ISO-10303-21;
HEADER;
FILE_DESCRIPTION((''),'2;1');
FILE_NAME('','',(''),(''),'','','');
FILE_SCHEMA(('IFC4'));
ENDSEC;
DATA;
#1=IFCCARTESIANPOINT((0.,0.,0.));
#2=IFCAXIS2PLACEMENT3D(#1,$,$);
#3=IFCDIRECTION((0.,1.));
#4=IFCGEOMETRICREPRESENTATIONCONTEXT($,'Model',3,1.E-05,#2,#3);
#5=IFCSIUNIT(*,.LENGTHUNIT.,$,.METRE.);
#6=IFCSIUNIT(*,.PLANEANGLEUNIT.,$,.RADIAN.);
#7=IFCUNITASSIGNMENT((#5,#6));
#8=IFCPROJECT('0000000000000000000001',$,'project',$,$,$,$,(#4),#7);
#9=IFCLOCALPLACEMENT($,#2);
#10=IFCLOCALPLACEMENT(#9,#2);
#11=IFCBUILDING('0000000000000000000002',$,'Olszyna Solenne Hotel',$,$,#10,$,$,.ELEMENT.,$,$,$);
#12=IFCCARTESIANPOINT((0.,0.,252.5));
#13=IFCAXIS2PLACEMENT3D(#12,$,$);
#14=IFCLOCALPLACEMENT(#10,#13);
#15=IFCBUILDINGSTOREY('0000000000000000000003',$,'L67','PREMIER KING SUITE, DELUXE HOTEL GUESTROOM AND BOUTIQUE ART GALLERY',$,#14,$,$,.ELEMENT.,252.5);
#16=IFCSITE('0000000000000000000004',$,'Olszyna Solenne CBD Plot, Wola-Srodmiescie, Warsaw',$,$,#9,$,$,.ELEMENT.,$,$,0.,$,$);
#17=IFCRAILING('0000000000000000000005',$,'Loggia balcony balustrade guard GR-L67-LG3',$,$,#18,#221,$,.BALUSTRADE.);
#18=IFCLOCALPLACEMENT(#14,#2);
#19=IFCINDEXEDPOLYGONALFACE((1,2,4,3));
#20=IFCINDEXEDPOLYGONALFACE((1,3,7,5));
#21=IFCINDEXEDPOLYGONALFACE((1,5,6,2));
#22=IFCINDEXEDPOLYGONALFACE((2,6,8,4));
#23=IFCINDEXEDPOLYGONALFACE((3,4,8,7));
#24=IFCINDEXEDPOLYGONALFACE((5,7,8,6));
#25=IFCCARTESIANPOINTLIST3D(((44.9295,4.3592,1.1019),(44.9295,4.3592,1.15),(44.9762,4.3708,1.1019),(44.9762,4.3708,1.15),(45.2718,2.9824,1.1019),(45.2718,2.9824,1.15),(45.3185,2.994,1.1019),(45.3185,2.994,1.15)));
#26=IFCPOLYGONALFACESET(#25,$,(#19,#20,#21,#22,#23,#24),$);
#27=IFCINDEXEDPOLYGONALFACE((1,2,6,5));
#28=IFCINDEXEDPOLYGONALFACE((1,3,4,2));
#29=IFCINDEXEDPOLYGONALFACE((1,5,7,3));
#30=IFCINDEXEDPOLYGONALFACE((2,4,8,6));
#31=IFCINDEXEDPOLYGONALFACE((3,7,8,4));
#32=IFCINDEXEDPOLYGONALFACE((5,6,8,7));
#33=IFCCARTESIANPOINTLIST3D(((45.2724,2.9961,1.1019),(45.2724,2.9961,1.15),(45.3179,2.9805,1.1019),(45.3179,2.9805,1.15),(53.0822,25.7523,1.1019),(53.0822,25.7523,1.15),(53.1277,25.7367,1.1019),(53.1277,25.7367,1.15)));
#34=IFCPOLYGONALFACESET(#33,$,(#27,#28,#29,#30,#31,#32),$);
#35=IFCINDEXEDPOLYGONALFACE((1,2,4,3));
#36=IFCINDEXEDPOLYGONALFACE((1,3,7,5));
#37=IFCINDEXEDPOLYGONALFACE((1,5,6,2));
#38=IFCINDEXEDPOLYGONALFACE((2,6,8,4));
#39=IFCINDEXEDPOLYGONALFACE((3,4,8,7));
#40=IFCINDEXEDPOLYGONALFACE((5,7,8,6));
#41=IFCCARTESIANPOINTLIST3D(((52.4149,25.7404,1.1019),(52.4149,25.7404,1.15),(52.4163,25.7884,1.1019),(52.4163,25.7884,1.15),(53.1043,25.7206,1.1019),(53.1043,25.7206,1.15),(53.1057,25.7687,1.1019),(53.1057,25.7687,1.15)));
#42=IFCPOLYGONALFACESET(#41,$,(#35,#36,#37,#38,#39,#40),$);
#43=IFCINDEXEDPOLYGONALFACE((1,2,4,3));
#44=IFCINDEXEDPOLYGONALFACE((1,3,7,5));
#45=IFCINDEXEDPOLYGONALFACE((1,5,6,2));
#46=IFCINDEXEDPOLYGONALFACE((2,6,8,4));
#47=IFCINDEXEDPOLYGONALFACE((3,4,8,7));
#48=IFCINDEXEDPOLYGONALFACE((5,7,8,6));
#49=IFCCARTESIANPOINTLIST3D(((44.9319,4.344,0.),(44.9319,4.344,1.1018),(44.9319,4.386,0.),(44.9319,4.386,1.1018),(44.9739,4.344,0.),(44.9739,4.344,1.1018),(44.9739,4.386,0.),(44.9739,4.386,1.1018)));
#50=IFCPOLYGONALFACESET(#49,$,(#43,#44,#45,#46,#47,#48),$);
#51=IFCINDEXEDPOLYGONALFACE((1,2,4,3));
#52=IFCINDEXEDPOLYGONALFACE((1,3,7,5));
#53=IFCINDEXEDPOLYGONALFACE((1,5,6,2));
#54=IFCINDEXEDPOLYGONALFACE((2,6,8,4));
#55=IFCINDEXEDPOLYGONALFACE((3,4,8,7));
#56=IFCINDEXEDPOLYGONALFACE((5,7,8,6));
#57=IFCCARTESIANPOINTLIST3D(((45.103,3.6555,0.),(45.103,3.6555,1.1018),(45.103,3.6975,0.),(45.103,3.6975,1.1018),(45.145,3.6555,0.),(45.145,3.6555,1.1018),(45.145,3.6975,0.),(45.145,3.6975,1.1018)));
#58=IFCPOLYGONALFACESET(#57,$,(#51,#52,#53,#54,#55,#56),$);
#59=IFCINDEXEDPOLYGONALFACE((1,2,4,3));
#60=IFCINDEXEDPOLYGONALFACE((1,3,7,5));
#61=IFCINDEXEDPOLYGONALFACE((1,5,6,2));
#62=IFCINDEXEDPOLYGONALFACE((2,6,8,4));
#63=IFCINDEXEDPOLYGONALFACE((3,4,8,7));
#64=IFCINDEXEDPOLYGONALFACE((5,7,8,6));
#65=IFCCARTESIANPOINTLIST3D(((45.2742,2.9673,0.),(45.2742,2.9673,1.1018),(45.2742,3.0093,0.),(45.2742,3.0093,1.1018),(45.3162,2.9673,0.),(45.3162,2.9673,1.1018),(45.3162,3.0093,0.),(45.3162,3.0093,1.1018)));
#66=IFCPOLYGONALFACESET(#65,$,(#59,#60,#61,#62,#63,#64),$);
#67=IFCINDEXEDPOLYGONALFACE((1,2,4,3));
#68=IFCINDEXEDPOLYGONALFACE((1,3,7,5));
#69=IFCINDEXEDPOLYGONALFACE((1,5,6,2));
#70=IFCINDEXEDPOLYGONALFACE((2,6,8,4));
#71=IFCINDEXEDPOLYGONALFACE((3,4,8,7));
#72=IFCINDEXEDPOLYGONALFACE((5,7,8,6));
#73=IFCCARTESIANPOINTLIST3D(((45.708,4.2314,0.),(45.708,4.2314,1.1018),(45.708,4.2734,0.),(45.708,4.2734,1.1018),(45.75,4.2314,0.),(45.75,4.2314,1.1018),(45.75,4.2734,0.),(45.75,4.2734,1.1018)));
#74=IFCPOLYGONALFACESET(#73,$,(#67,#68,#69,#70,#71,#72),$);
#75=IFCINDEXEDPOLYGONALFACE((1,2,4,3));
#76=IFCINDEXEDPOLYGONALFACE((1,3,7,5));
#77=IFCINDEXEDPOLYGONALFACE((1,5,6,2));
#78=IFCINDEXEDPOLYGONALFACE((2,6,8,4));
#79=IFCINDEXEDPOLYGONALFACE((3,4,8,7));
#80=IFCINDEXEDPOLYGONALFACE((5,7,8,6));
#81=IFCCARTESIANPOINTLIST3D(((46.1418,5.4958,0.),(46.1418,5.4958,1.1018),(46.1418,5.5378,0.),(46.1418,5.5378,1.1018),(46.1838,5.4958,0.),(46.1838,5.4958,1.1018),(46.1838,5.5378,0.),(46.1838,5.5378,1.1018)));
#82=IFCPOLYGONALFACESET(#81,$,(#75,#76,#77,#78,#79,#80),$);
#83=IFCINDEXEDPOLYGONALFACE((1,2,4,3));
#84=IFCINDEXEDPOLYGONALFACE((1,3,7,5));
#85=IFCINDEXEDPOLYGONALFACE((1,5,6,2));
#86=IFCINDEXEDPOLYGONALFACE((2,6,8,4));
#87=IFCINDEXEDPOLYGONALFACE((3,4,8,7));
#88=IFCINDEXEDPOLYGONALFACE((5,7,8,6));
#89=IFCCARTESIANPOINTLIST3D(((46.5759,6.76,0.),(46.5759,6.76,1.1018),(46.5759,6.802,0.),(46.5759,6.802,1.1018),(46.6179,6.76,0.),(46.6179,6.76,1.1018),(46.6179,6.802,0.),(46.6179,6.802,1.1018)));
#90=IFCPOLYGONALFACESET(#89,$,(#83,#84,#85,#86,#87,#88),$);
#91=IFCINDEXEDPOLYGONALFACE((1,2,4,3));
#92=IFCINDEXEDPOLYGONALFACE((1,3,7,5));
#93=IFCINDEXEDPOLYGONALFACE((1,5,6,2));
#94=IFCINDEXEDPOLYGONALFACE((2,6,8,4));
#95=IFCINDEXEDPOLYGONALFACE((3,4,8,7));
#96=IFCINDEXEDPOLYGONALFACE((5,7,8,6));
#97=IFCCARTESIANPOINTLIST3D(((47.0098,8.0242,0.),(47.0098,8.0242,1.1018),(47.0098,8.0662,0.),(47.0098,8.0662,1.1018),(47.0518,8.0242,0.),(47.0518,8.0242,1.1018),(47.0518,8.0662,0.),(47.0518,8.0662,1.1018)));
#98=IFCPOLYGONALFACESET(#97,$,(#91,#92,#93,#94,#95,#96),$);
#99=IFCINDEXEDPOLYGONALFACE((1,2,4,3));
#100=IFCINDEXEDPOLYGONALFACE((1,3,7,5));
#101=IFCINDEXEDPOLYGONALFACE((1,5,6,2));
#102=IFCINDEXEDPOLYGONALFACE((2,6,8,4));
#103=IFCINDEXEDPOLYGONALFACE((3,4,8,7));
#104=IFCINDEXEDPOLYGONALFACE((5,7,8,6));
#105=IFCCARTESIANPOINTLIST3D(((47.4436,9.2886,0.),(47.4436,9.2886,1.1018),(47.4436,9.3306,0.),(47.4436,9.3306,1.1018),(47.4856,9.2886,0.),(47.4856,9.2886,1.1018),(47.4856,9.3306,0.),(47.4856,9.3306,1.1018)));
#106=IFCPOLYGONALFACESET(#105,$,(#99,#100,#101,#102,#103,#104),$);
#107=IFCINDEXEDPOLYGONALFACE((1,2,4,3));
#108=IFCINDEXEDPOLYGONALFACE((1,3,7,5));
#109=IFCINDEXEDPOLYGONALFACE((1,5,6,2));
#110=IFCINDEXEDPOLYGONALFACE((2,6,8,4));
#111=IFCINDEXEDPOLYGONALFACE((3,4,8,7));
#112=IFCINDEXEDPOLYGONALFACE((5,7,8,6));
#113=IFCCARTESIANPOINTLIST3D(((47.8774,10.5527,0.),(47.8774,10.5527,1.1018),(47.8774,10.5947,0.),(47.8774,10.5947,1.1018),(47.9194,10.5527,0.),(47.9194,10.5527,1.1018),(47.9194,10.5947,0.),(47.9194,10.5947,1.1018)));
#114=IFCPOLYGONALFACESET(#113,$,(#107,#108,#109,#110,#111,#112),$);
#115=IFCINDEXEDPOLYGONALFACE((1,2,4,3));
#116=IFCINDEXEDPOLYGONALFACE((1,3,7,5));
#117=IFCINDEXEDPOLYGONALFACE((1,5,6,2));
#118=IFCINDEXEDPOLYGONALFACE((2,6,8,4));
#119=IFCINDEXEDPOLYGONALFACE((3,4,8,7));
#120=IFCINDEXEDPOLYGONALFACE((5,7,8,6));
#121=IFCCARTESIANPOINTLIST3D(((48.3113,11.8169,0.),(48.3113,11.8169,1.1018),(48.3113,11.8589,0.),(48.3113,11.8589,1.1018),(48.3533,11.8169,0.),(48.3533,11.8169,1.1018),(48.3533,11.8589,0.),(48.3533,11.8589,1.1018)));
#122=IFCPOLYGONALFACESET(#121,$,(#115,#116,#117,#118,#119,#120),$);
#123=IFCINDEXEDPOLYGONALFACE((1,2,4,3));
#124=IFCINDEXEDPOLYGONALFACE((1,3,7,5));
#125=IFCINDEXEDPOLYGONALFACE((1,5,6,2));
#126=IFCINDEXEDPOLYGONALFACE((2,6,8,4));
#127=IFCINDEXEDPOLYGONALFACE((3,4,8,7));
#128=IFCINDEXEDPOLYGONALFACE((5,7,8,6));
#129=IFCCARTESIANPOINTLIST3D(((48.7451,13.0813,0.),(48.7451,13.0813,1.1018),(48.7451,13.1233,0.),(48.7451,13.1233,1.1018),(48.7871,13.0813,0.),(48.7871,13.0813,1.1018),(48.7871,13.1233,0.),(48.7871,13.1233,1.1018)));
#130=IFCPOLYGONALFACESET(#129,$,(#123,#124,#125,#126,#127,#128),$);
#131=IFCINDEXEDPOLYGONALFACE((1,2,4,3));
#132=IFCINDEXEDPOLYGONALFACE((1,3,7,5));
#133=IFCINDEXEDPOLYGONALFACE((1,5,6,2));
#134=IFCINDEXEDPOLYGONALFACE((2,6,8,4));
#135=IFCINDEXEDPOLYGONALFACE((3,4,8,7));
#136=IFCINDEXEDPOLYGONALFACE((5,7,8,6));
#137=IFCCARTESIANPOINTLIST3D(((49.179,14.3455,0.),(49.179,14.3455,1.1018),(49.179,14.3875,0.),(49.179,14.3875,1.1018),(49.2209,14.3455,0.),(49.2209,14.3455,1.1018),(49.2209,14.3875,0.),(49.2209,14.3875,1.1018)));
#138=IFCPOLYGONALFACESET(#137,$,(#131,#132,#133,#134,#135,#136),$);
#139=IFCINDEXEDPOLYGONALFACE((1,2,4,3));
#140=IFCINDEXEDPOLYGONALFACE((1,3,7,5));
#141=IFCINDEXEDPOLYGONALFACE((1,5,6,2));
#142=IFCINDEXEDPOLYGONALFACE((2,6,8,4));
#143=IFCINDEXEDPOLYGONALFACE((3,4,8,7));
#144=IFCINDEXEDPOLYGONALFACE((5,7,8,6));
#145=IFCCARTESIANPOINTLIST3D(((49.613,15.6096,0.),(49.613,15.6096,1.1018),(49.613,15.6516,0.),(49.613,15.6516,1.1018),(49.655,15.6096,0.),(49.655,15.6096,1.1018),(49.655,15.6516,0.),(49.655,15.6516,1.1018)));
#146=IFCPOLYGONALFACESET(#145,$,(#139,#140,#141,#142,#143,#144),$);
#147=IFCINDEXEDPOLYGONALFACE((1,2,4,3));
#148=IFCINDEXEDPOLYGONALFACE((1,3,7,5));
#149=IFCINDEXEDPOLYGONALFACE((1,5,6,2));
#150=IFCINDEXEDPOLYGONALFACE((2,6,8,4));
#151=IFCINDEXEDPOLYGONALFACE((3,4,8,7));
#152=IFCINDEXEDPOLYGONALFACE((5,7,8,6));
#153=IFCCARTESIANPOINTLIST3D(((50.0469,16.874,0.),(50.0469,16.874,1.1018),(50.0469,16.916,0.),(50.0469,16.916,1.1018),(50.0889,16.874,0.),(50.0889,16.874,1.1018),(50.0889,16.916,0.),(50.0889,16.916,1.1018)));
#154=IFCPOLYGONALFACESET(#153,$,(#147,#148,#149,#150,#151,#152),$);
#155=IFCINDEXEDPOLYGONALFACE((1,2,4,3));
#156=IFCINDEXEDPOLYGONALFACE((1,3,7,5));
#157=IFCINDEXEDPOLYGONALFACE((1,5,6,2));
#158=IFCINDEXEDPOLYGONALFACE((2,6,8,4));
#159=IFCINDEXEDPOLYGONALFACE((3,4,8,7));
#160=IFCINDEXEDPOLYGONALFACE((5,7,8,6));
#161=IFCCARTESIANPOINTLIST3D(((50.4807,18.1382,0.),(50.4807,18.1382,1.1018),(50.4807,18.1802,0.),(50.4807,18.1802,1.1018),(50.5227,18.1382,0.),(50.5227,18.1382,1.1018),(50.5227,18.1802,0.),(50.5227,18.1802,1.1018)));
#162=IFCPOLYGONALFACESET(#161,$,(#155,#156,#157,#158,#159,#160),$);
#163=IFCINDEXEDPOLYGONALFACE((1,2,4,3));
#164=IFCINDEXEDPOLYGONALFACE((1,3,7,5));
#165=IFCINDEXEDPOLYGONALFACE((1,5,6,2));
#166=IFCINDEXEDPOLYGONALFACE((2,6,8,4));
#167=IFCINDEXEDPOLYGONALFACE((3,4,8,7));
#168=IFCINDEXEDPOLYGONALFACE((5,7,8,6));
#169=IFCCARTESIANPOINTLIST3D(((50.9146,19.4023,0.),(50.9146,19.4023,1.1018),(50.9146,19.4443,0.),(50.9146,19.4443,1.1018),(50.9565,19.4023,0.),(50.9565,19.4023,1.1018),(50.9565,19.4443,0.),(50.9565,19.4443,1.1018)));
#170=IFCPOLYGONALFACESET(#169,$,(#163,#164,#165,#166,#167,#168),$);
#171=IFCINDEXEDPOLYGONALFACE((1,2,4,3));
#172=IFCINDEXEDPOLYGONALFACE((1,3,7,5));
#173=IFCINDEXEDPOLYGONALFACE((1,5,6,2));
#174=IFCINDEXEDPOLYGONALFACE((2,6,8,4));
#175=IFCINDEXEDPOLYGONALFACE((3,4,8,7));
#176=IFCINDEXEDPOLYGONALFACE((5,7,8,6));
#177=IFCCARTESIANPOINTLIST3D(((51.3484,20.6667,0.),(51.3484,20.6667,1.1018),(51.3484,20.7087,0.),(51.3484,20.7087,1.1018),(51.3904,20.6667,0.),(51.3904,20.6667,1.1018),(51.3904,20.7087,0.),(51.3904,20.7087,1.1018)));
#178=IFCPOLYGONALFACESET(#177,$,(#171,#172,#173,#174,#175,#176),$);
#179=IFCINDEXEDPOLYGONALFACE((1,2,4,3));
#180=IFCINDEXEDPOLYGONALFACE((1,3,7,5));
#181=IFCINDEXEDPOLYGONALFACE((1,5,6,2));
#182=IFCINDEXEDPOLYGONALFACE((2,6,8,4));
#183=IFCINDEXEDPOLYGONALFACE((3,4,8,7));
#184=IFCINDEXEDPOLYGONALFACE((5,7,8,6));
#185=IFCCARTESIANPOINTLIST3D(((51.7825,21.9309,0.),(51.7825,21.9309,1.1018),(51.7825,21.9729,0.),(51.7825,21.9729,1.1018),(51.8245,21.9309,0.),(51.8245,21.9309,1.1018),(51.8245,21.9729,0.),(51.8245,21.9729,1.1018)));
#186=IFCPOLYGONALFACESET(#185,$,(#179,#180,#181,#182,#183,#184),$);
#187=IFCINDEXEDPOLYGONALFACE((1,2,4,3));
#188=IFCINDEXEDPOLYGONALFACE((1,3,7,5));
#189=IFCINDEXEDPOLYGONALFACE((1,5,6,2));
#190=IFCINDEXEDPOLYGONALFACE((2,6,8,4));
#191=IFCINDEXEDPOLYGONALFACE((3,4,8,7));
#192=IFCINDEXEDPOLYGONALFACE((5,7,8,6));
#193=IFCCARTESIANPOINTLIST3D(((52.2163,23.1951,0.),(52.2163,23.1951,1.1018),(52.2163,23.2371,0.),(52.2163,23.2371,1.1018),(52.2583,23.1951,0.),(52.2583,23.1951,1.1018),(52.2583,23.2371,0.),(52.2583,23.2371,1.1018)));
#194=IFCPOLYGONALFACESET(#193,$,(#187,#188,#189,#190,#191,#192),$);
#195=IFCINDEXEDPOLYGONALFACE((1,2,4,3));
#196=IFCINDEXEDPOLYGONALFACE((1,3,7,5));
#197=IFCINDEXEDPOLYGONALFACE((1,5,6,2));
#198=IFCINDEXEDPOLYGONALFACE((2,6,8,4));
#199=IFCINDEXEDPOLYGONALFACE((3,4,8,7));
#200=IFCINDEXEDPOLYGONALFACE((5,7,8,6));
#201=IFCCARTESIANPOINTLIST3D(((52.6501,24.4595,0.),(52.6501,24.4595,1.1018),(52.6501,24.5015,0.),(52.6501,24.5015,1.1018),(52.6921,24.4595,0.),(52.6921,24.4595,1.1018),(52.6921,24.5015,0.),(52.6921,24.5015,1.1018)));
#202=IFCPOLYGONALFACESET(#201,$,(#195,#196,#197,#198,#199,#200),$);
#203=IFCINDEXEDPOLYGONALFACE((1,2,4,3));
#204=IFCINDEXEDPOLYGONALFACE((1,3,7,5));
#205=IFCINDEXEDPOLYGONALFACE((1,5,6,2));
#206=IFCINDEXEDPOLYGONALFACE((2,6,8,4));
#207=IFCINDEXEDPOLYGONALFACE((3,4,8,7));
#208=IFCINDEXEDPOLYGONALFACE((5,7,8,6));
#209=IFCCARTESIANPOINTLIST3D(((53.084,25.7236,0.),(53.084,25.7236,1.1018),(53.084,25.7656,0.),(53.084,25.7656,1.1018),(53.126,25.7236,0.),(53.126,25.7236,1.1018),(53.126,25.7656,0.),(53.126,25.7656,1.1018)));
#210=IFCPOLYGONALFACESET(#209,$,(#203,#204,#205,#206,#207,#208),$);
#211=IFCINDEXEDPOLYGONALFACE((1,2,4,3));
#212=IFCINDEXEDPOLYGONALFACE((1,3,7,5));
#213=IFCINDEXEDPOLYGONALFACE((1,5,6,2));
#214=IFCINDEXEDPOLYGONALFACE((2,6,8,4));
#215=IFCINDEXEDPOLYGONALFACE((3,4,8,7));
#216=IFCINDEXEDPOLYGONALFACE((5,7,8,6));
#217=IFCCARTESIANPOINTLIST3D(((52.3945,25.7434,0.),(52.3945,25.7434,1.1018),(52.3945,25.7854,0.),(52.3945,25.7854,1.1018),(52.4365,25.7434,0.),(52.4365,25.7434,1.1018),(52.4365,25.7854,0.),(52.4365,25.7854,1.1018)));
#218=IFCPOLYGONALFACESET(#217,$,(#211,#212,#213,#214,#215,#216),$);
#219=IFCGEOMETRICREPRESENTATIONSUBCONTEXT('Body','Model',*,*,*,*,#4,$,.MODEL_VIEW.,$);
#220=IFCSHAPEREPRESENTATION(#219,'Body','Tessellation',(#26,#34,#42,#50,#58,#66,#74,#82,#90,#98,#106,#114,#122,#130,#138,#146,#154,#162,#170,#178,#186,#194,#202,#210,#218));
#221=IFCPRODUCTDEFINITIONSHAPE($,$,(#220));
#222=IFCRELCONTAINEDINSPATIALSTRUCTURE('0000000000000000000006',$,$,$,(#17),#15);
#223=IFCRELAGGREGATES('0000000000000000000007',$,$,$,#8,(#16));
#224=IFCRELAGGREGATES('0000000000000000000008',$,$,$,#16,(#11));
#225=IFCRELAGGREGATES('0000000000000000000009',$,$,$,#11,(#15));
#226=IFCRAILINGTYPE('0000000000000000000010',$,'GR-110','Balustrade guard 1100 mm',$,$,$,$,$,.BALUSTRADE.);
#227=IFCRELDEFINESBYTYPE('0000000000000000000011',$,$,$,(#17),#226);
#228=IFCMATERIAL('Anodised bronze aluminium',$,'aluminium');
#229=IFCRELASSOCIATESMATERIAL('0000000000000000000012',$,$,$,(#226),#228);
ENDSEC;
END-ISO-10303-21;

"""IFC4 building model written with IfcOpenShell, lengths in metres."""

from ifc_helpers import new_model, si_unit, direction, frame, origin, origin_2d, place, context, subcontext, project, spatial, rectangle, extrude, material, type_object, element, save


model = new_model("IFC4")

# Units and contexts
model_context = context("Model", 3, precision=1e-05, world=origin(), true_north=direction((0.0, 1.0)))
body_context = subcontext(model_context, "Body", "Model", "MODEL_VIEW")
ifc_project = project(units=[si_unit("LENGTHUNIT", "METRE"), si_unit("PLANEANGLEUNIT", "RADIAN")], contexts=[model_context])

# Site, building, storey
site_placement = place(None, origin())
site = spatial("IfcSite", under=ifc_project, at=site_placement, Name="Olszyna Solenne CBD Plot, Wola-Srodmiescie, Warsaw", CompositionType="ELEMENT", RefElevation=0.0)
building_placement = place(site_placement, origin())
building = spatial("IfcBuilding", under=site, at=building_placement, Name="Olszyna Solenne Hotel", CompositionType="ELEMENT")
storey_placement = place(building_placement, frame((0.0, 0.0, 252.5)))
storey = spatial("IfcBuildingStorey", under=building, at=storey_placement, Name="L67", Description="PREMIER KING SUITE, DELUXE HOTEL GUESTROOM AND BOUTIQUE ART GALLERY", CompositionType="ELEMENT", Elevation=252.5)

# Shared definitions
ifc_material_1 = material(Name="Anodised bronze aluminium", Category="aluminium")

# Railing
railing_type = type_object("IfcRailingType", Name="GR-110", Description="Balustrade guard 1100 mm", PredefinedType="BALUSTRADE", material=ifc_material_1)
railing_placement = place(storey_placement, frame((44.9529, 4.365, 0.0)))
element("IfcRailing", 1, at=railing_placement, inside=storey, type_object=railing_type, Name="Loggia balcony balustrade guard GR-L67-LG3", PredefinedType="BALUSTRADE", context=body_context, shape_type="SweptSolid", body=[
    extrude(rectangle(XDim=0.0481, YDim=0.0481, at=origin_2d()), frame((0.0, 0.0, 1.126), z_axis=(0.24128, -0.970456, 0.0), x_axis=(0.970456, 0.24128, 0.0)), (0.0, 0.0, 1.0), 1.4187),
    extrude(rectangle(XDim=0.0481, YDim=0.0481, at=origin_2d()), frame((0.3423, -1.3767, 1.126), z_axis=(0.324608, 0.945849, 0.0), x_axis=(-0.945849, 0.324608, 0.0)), (0.0, 0.0, 1.0), 24.0591),
    extrude(rectangle(XDim=0.0481, YDim=0.0481, at=origin_2d()), frame((8.1521, 21.3796, 1.126), z_axis=(-0.999589, 0.028671, 0.0), x_axis=(-0.028671, -0.999589, 0.0)), (0.0, 0.0, 1.0), 0.6897),
    extrude(rectangle(XDim=0.042, YDim=0.042, at=origin_2d()), origin(), (0.0, 0.0, 1.0), 1.1018),
    extrude(rectangle(XDim=0.042, YDim=0.042, at=origin_2d()), frame((0.1711, -0.6885, 0.0)), (0.0, 0.0, 1.0), 1.1018),
    extrude(rectangle(XDim=0.042, YDim=0.042, at=origin_2d()), frame((0.3423, -1.3767, 0.0)), (0.0, 0.0, 1.0), 1.1018),
    extrude(rectangle(XDim=0.042, YDim=0.042, at=origin_2d()), frame((0.7761, -0.1125, 0.0)), (0.0, 0.0, 1.0), 1.1018),
    extrude(rectangle(XDim=0.042, YDim=0.042, at=origin_2d()), frame((1.21, 1.1519, 0.0)), (0.0, 0.0, 1.0), 1.1018),
    extrude(rectangle(XDim=0.042, YDim=0.042, at=origin_2d()), frame((1.644, 2.416, 0.0)), (0.0, 0.0, 1.0), 1.1018),
    extrude(rectangle(XDim=0.042, YDim=0.042, at=origin_2d()), frame((2.0779, 3.6802, 0.0)), (0.0, 0.0, 1.0), 1.1018),
    extrude(rectangle(XDim=0.042, YDim=0.042, at=origin_2d()), frame((2.5117, 4.9446, 0.0)), (0.0, 0.0, 1.0), 1.1018),
    extrude(rectangle(XDim=0.042, YDim=0.042, at=origin_2d()), frame((2.9456, 6.2087, 0.0)), (0.0, 0.0, 1.0), 1.1018),
    extrude(rectangle(XDim=0.042, YDim=0.042, at=origin_2d()), frame((3.3794, 7.4729, 0.0)), (0.0, 0.0, 1.0), 1.1018),
    extrude(rectangle(XDim=0.042, YDim=0.042, at=origin_2d()), frame((3.8132, 8.7373, 0.0)), (0.0, 0.0, 1.0), 1.1018),
    extrude(rectangle(XDim=0.042, YDim=0.042, at=origin_2d()), frame((4.2471, 10.0015, 0.0)), (0.0, 0.0, 1.0), 1.1018),
    extrude(rectangle(XDim=0.042, YDim=0.042, at=origin_2d()), frame((4.6812, 11.2656, 0.0)), (0.0, 0.0, 1.0), 1.1018),
    extrude(rectangle(XDim=0.042, YDim=0.042, at=origin_2d()), frame((5.115, 12.53, 0.0)), (0.0, 0.0, 1.0), 1.1018),
    extrude(rectangle(XDim=0.042, YDim=0.042, at=origin_2d()), frame((5.5488, 13.7942, 0.0)), (0.0, 0.0, 1.0), 1.1018),
    extrude(rectangle(XDim=0.042, YDim=0.042, at=origin_2d()), frame((5.9827, 15.0583, 0.0)), (0.0, 0.0, 1.0), 1.1018),
    extrude(rectangle(XDim=0.042, YDim=0.042, at=origin_2d()), frame((6.4165, 16.3228, 0.0)), (0.0, 0.0, 1.0), 1.1018),
    extrude(rectangle(XDim=0.042, YDim=0.042, at=origin_2d()), frame((6.8506, 17.5869, 0.0)), (0.0, 0.0, 1.0), 1.1018),
    extrude(rectangle(XDim=0.042, YDim=0.042, at=origin_2d()), frame((7.2844, 18.8511, 0.0)), (0.0, 0.0, 1.0), 1.1018),
    extrude(rectangle(XDim=0.042, YDim=0.042, at=origin_2d()), frame((7.7183, 20.1155, 0.0)), (0.0, 0.0, 1.0), 1.1018),
    extrude(rectangle(XDim=0.042, YDim=0.042, at=origin_2d()), frame((8.1521, 21.3796, 0.0)), (0.0, 0.0, 1.0), 1.1018),
    extrude(rectangle(XDim=0.042, YDim=0.042, at=origin_2d()), frame((7.4626, 21.3994, 0.0)), (0.0, 0.0, 1.0), 1.1018),
])

save(model, "model.ifc")
